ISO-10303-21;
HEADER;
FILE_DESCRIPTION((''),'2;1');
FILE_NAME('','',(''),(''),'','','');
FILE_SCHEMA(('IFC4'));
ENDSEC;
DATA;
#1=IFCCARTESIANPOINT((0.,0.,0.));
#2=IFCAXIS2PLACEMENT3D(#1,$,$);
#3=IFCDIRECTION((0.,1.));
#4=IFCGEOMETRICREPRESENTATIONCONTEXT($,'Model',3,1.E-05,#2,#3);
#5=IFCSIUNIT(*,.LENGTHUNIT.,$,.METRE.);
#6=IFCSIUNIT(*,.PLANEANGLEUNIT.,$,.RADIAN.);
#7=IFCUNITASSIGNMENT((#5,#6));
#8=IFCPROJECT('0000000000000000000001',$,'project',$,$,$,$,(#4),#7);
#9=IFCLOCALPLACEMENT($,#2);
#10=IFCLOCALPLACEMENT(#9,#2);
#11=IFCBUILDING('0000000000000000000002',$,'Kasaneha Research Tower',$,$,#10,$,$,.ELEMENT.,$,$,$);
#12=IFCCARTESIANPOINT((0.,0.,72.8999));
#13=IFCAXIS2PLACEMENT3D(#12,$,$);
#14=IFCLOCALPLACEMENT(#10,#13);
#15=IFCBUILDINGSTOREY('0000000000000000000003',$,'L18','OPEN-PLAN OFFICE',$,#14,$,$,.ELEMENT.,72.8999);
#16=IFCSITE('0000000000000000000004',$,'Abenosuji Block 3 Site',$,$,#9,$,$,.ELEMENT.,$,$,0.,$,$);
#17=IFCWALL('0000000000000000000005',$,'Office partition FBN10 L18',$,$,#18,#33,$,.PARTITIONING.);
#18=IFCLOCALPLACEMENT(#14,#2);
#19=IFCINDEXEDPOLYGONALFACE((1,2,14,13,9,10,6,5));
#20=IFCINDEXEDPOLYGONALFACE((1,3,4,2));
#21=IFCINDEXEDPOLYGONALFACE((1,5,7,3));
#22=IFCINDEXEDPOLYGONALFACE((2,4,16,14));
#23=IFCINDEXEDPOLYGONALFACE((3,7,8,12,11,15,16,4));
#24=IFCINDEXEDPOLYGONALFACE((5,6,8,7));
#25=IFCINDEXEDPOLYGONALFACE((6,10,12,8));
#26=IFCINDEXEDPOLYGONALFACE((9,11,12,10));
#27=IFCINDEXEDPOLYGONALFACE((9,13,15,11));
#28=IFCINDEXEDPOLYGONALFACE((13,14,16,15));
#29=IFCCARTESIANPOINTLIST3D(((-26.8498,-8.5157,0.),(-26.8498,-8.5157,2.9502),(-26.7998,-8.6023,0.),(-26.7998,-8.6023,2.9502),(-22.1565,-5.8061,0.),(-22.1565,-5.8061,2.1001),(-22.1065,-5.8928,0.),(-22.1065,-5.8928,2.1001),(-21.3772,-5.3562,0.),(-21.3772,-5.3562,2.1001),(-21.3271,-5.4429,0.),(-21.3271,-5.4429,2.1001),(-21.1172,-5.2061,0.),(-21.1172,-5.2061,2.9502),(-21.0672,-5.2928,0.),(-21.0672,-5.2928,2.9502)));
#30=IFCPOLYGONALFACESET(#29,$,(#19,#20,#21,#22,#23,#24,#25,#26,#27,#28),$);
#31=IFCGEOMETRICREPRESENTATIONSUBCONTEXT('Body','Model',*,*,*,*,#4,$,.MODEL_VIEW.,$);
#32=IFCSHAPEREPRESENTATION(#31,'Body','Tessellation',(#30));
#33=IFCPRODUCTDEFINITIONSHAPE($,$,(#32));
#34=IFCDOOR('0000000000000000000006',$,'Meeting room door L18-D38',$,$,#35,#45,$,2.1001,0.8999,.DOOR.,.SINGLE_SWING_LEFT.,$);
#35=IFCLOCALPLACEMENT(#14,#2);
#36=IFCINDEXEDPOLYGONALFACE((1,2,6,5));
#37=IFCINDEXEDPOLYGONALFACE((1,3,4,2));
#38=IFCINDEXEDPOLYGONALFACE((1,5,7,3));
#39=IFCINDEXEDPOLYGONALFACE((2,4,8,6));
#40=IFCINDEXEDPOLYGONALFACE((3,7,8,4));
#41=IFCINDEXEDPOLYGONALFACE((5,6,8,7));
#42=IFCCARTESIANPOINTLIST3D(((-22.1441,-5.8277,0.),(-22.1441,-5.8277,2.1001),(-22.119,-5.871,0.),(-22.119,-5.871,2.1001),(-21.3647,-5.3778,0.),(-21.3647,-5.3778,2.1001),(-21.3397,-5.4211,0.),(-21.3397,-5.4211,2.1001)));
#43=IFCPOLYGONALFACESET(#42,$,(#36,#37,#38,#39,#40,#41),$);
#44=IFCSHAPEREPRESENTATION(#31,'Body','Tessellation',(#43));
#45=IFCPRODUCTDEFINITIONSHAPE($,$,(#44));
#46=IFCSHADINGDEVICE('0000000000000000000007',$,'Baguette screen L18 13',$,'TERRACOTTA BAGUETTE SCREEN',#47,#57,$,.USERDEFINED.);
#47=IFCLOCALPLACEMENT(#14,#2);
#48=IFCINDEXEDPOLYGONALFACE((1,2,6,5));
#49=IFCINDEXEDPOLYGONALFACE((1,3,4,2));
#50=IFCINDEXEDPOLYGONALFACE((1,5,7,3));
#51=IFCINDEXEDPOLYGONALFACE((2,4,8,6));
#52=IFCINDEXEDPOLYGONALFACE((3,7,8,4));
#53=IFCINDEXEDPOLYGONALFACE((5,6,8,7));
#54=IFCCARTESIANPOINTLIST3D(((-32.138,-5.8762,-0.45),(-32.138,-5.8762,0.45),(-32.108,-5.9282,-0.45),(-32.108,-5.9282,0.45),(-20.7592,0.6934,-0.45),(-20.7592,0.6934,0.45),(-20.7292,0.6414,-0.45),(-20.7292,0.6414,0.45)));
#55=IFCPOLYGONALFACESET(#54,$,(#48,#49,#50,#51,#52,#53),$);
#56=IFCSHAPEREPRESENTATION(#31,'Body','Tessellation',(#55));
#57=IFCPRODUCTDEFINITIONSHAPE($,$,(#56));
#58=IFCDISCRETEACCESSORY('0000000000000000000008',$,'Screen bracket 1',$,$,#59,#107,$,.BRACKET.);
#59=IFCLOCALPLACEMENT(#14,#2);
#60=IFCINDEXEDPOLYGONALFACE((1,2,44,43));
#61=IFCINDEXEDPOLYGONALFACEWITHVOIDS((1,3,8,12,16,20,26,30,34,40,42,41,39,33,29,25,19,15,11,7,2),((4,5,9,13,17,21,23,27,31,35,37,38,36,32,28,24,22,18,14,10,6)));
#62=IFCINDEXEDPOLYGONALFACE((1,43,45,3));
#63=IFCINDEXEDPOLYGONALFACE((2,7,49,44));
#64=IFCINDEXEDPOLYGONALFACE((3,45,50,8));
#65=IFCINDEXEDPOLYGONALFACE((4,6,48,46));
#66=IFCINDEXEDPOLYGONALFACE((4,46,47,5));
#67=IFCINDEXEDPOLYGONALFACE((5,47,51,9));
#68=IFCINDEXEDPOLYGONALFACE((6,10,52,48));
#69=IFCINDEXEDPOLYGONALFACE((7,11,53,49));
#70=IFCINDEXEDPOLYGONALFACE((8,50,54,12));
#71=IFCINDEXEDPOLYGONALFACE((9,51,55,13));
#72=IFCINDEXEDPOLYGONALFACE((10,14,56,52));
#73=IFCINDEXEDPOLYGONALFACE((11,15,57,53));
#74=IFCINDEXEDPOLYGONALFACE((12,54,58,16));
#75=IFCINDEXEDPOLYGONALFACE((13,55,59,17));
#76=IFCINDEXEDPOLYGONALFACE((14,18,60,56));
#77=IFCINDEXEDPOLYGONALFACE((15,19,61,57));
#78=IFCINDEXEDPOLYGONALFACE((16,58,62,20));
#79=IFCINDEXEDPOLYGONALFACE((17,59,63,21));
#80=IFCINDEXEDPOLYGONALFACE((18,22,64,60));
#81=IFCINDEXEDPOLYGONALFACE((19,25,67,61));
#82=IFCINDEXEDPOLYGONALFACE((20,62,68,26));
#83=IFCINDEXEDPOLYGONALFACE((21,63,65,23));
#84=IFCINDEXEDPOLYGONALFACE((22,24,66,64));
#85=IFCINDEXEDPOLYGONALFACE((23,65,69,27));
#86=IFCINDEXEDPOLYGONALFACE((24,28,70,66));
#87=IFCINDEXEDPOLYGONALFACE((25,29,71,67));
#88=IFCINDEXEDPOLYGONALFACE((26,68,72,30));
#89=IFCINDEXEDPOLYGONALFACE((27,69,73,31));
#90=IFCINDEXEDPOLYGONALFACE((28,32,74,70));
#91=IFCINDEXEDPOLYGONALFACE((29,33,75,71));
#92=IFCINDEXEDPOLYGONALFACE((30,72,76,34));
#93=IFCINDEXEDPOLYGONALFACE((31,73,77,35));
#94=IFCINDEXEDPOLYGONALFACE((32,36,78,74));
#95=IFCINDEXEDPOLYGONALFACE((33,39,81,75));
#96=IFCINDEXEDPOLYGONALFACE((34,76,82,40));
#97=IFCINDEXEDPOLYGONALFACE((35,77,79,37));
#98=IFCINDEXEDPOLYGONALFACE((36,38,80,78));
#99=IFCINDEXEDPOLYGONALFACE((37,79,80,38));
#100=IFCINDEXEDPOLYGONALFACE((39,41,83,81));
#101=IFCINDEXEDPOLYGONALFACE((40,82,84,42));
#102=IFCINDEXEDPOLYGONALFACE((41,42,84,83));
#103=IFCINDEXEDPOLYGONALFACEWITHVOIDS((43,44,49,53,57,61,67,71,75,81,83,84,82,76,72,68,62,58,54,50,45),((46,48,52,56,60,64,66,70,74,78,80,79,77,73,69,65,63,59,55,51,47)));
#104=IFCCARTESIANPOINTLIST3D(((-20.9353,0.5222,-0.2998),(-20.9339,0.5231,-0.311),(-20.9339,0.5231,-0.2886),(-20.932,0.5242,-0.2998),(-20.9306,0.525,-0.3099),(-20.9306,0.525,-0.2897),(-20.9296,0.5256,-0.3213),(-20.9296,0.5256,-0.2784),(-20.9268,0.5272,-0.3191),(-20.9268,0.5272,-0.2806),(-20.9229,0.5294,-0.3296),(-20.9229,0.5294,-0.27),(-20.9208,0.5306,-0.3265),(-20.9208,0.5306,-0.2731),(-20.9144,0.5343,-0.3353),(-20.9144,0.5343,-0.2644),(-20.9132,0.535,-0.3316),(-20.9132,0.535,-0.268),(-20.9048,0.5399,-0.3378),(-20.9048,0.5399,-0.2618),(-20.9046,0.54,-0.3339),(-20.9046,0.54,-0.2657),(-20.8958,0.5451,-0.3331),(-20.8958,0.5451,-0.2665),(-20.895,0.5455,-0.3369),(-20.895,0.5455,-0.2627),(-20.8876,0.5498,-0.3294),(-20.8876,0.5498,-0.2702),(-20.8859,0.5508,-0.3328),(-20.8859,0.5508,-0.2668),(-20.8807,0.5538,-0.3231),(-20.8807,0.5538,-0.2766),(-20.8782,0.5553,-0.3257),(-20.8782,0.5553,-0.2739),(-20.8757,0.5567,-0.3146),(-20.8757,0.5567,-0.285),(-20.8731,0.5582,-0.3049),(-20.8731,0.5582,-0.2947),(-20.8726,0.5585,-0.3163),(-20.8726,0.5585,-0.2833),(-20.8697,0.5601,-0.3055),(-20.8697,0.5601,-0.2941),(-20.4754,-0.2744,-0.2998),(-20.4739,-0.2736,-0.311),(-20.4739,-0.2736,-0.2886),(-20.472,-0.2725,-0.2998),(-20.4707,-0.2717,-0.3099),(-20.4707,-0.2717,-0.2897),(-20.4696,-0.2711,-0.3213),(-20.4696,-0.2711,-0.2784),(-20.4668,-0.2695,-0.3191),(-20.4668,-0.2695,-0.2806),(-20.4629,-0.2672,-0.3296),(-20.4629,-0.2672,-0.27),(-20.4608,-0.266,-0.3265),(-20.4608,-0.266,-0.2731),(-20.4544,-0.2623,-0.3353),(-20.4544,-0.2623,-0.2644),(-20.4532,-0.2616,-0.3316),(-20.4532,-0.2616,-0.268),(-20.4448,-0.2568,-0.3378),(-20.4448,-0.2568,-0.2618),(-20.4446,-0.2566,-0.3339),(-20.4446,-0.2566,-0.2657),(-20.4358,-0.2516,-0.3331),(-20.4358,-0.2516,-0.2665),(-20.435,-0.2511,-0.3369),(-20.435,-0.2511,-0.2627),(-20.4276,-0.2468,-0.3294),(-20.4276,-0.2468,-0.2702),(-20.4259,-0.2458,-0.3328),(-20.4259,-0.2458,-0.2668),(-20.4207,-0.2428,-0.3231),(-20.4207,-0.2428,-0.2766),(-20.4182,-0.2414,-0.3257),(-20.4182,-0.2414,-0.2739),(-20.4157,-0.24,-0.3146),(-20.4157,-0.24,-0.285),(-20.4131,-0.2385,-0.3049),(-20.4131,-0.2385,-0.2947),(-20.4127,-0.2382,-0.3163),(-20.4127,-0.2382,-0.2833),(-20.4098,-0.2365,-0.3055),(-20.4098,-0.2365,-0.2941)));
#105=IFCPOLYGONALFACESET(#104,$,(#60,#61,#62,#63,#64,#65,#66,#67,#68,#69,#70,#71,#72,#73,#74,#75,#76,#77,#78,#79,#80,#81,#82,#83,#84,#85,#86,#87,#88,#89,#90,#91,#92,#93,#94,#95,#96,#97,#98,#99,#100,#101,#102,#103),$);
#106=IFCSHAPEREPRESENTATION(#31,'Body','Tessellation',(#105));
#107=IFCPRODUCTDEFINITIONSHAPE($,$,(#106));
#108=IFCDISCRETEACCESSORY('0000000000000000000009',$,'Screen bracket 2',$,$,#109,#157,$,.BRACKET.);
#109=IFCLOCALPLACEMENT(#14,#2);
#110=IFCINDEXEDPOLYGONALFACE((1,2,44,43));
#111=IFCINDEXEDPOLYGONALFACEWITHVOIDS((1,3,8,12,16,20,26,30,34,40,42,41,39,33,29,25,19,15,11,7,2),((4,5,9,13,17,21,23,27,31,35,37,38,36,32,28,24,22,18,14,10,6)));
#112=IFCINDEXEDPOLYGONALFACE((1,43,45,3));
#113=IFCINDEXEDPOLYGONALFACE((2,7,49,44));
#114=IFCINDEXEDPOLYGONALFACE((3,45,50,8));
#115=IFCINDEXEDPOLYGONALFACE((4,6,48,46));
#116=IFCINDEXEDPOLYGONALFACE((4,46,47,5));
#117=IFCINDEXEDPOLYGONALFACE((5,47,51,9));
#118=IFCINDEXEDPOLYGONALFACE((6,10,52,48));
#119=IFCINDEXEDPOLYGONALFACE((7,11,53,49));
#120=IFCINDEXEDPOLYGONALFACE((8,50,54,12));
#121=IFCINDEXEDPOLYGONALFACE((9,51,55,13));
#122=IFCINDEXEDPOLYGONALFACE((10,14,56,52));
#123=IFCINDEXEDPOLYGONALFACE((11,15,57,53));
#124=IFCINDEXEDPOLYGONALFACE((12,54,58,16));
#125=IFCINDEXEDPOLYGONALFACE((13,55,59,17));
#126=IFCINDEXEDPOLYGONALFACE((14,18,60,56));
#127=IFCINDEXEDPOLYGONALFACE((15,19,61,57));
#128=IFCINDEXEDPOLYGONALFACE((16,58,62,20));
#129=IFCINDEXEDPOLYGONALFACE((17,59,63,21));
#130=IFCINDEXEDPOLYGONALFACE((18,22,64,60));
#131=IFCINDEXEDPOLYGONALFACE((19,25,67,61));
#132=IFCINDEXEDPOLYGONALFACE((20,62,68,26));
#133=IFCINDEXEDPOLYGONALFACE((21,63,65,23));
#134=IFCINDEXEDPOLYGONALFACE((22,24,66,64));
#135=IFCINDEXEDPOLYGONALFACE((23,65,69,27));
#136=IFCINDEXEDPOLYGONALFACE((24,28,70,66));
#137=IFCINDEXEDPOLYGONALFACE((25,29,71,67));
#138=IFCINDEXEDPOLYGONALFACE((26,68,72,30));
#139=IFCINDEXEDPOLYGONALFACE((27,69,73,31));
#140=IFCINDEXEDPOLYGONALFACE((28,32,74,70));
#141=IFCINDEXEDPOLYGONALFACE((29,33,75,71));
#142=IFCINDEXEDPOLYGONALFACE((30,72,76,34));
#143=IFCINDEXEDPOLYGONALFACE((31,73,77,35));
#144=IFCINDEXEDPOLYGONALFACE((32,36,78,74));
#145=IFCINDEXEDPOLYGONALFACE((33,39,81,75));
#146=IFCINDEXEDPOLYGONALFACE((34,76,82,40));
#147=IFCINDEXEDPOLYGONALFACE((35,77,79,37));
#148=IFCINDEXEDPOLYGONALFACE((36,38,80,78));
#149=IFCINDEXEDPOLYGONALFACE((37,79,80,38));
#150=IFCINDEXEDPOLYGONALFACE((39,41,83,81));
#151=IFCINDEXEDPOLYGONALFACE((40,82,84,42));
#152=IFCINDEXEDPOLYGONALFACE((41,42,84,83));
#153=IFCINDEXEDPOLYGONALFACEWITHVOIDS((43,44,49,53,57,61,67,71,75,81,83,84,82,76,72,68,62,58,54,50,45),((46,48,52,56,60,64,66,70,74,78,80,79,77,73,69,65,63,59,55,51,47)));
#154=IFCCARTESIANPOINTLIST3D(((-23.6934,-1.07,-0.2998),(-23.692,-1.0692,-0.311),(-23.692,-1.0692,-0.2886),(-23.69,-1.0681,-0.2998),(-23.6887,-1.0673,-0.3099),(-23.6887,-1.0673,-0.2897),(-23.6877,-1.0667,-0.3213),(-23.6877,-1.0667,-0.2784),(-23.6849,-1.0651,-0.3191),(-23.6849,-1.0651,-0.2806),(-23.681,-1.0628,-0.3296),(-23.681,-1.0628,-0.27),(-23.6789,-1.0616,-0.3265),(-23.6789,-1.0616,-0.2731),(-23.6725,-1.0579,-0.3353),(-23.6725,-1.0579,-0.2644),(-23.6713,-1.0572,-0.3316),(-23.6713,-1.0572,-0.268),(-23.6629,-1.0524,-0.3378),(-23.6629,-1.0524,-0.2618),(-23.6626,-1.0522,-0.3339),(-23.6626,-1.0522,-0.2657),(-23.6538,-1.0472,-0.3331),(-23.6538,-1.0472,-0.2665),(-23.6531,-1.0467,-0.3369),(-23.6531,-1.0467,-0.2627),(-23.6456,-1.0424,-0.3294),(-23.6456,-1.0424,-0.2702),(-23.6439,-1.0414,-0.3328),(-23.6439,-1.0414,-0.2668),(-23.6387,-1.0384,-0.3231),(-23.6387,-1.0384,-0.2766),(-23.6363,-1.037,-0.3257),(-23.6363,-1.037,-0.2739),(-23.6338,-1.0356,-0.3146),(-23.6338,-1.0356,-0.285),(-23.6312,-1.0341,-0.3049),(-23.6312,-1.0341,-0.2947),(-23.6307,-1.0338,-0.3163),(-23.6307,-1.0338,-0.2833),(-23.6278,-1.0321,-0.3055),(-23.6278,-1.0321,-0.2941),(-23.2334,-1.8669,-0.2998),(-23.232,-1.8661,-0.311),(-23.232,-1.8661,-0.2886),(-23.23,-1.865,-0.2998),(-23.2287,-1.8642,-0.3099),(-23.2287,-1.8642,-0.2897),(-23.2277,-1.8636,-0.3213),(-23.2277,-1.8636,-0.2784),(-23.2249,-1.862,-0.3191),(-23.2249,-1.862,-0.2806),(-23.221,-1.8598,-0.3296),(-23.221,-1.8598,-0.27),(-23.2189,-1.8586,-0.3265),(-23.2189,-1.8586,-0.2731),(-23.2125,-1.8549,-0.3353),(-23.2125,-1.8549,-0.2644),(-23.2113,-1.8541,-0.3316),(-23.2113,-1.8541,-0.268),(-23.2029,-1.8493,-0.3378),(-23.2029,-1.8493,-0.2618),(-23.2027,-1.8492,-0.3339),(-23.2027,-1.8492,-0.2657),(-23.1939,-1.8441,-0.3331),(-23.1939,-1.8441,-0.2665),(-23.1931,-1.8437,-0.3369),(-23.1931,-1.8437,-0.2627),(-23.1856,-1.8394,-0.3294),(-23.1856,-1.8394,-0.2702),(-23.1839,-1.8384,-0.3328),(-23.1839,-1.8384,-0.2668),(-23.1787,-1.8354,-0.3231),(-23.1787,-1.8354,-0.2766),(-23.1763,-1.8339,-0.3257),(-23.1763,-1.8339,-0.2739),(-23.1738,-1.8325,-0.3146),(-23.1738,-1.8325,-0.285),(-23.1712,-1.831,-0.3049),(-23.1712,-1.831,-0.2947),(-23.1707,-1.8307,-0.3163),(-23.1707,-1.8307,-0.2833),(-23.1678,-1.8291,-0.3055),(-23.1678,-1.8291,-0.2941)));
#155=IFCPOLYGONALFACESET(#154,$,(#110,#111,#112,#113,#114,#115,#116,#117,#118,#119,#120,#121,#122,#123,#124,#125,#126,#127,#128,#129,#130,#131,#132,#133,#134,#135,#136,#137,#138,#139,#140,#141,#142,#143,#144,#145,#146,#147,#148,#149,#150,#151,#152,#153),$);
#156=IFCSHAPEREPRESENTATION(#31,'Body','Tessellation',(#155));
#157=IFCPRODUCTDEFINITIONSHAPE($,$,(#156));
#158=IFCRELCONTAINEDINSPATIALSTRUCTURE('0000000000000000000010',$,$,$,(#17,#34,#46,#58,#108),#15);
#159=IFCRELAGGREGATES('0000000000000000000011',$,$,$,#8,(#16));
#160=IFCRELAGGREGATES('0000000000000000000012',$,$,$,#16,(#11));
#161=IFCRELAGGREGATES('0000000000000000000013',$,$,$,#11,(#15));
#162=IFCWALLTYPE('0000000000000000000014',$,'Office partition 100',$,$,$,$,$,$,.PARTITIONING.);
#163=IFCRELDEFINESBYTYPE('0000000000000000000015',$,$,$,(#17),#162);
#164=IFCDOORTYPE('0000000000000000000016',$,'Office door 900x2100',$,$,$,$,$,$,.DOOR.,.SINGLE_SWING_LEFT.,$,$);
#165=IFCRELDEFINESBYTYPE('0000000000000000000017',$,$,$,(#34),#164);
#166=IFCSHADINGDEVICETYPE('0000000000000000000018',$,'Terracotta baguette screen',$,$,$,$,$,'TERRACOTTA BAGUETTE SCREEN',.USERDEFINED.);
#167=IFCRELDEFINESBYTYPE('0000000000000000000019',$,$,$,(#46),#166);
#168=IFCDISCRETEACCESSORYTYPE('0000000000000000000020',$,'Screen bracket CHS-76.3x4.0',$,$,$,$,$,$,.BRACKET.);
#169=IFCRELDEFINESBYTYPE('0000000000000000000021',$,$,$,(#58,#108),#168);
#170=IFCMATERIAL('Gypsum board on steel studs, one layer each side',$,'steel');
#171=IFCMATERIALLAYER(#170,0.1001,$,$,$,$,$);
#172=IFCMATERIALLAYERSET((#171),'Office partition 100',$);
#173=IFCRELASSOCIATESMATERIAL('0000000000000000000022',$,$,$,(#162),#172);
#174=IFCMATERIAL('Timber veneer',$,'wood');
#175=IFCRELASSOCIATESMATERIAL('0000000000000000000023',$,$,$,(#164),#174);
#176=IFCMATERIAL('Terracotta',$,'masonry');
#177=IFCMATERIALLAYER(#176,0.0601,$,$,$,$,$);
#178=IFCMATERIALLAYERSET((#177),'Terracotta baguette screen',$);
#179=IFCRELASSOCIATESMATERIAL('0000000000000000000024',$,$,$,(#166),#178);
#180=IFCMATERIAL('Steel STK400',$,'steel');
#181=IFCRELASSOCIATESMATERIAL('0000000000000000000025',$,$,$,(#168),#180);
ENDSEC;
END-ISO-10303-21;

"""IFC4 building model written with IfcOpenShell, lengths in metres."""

from ifc_helpers import new_model, si_unit, direction, frame, frame_2d, origin, origin_2d, place, context, subcontext, project, spatial, rectangle, hollow_circle, extrude, material, layer, layer_set, material_profile, profile_set, type_object, element, fill, save


model = new_model("IFC4")

# Units and contexts
model_context = context("Model", 3, precision=1e-05, world=origin(), true_north=direction((0.0, 1.0)))
body_context = subcontext(model_context, "Body", "Model", "MODEL_VIEW")
ifc_project = project(units=[si_unit("LENGTHUNIT", "METRE"), si_unit("PLANEANGLEUNIT", "RADIAN")], contexts=[model_context])

# Site, building, storey
site_placement = place(None, origin())
site = spatial("IfcSite", under=ifc_project, at=site_placement, Name="Abenosuji Block 3 Site", CompositionType="ELEMENT", RefElevation=0.0)
building_placement = place(site_placement, origin())
building = spatial("IfcBuilding", under=site, at=building_placement, Name="Kasaneha Research Tower", CompositionType="ELEMENT")
storey_placement = place(building_placement, frame((0.0, 0.0, 72.8999)))
storey = spatial("IfcBuildingStorey", under=building, at=storey_placement, Name="L18", Description="OPEN-PLAN OFFICE", CompositionType="ELEMENT", Elevation=72.8999)

# Shared definitions
ifc_material_1 = material(Name="Gypsum board on steel studs, one layer each side", Category="steel")
ifc_layer_1 = layer(ifc_material_1, 0.1001)
ifc_layer_set_1 = layer_set([ifc_layer_1], Name="Office partition 100")
wall_type = type_object("IfcWallType", Name="Office partition 100", PredefinedType="PARTITIONING", material=ifc_layer_set_1)

# Wall, opening, door
wall_1_placement = place(storey_placement, frame((-21.0923, -5.2495, 0.0), z_axis=(0.0, 0.0, 1.0), x_axis=(-0.866038, -0.499979, 0.0)))
wall_1 = element("IfcWall", 1, at=wall_1_placement, inside=storey, type_object=wall_type, Name="Office partition FBN10 L18", PredefinedType="PARTITIONING", context=body_context, shape_type="SweptSolid", body=[
    extrude(rectangle(XDim=6.6194, YDim=0.1001, at=frame_2d((3.3096, 0.0))), origin(), (0.0, 0.0, 1.0), 2.9502),
])
opening_placement = place(wall_1_placement, frame((0.3, 0.0, 0.0)))
opening = element("IfcOpeningElement", 2, at=opening_placement, cuts=wall_1, PredefinedType="OPENING", context=body_context, shape_type="SweptSolid", body=[
    extrude(rectangle(XDim=0.8999, YDim=2.1001, at=frame_2d((0.45, 1.05))), frame((0.0, 0.0601, 0.0), z_axis=(0.0, -1.0, 0.0), x_axis=(1.0, 0.0, 0.0)), (0.0, 0.0, 1.0), 0.1201),
])
ifc_material_2 = material(Name="Timber veneer", Category="wood")
door_type = type_object("IfcDoorType", Name="Office door 900x2100", OperationType="SINGLE_SWING_LEFT", PredefinedType="DOOR", material=ifc_material_2)
door_placement = place(opening_placement, origin())
door = element("IfcDoor", 3, at=door_placement, inside=storey, type_object=door_type, Name="Meeting room door L18-D38", OperationType="SINGLE_SWING_LEFT", OverallHeight=2.1001, OverallWidth=0.8999, PredefinedType="DOOR", context=body_context, shape_type="SweptSolid", body=[
    extrude(rectangle(XDim=0.8999, YDim=2.1001, at=frame_2d((0.45, 1.05))), frame((0.0, 0.0249, 0.0), z_axis=(0.0, -1.0, 0.0), x_axis=(1.0, 0.0, 0.0)), (0.0, 0.0, 1.0), 0.05),
])
fill(opening, door)

# Shading device
ifc_material_3 = material(Name="Terracotta", Category="masonry")
ifc_layer_2 = layer(ifc_material_3, 0.0601)
ifc_layer_set_2 = layer_set([ifc_layer_2], Name="Terracotta baguette screen")
shading_device_type = type_object("IfcShadingDeviceType", Name="Terracotta baguette screen", ElementType="TERRACOTTA BAGUETTE SCREEN", PredefinedType="USERDEFINED", material=ifc_layer_set_2)
shading_device_placement = place(storey_placement, frame((-26.4336, -2.6174, -0.45), z_axis=(0.0, 0.0, 1.0), x_axis=(-0.866025, -0.5, 0.0)))
element("IfcShadingDevice", 4, at=shading_device_placement, inside=storey, type_object=shading_device_type, Name="Baguette screen L18 13", ObjectType="TERRACOTTA BAGUETTE SCREEN", PredefinedType="USERDEFINED", context=body_context, shape_type="SweptSolid", body=[
    extrude(rectangle(XDim=13.1392, YDim=0.0601, at=origin_2d()), origin(), (0.0, 0.0, 1.0), 0.8999),
])

# Discrete accessories
ifc_material_4 = material(Name="Steel STK400", Category="steel")
ifc_material_profile_1 = material_profile(ifc_material_4, hollow_circle(Radius=0.0381, WallThickness=0.0039, at=origin_2d()), Name="CHS-76.3x4.0")
ifc_profile_set_1 = profile_set([ifc_material_profile_1], Name="Steel STK400")
discrete_accessory_type = type_object("IfcDiscreteAccessoryType", Name="Screen bracket CHS-76.3x4.0", PredefinedType="BRACKET", material=ifc_profile_set_1)
discrete_accessory_1_placement = place(storey_placement, frame((-20.4424, -0.2554, -0.2998), z_axis=(-0.500021, 0.866013, 0.0), x_axis=(-0.866013, -0.500021, 0.0)))
element("IfcDiscreteAccessory", 5, at=discrete_accessory_1_placement, inside=storey, type_object=discrete_accessory_type, Name="Screen bracket 1", PredefinedType="BRACKET", context=body_context, shape_type="SweptSolid", body=[
    extrude(hollow_circle(Radius=0.0381, WallThickness=0.0039, at=origin_2d()), origin(), (0.0, 0.0, 1.0), 0.9199),
])
discrete_accessory_2_placement = place(storey_placement, frame((-23.2004, -1.8479, -0.2998), z_axis=(-0.499906, 0.86608, 0.0), x_axis=(-0.86608, -0.499906, 0.0)))
element("IfcDiscreteAccessory", 6, at=discrete_accessory_2_placement, inside=storey, type_object=discrete_accessory_type, Name="Screen bracket 2", PredefinedType="BRACKET", context=body_context, shape_type="SweptSolid", body=[
    extrude(hollow_circle(Radius=0.0381, WallThickness=0.0039, at=origin_2d()), origin(), (0.0, 0.0, 1.0), 0.9202),
])

save(model, "model.ifc")
